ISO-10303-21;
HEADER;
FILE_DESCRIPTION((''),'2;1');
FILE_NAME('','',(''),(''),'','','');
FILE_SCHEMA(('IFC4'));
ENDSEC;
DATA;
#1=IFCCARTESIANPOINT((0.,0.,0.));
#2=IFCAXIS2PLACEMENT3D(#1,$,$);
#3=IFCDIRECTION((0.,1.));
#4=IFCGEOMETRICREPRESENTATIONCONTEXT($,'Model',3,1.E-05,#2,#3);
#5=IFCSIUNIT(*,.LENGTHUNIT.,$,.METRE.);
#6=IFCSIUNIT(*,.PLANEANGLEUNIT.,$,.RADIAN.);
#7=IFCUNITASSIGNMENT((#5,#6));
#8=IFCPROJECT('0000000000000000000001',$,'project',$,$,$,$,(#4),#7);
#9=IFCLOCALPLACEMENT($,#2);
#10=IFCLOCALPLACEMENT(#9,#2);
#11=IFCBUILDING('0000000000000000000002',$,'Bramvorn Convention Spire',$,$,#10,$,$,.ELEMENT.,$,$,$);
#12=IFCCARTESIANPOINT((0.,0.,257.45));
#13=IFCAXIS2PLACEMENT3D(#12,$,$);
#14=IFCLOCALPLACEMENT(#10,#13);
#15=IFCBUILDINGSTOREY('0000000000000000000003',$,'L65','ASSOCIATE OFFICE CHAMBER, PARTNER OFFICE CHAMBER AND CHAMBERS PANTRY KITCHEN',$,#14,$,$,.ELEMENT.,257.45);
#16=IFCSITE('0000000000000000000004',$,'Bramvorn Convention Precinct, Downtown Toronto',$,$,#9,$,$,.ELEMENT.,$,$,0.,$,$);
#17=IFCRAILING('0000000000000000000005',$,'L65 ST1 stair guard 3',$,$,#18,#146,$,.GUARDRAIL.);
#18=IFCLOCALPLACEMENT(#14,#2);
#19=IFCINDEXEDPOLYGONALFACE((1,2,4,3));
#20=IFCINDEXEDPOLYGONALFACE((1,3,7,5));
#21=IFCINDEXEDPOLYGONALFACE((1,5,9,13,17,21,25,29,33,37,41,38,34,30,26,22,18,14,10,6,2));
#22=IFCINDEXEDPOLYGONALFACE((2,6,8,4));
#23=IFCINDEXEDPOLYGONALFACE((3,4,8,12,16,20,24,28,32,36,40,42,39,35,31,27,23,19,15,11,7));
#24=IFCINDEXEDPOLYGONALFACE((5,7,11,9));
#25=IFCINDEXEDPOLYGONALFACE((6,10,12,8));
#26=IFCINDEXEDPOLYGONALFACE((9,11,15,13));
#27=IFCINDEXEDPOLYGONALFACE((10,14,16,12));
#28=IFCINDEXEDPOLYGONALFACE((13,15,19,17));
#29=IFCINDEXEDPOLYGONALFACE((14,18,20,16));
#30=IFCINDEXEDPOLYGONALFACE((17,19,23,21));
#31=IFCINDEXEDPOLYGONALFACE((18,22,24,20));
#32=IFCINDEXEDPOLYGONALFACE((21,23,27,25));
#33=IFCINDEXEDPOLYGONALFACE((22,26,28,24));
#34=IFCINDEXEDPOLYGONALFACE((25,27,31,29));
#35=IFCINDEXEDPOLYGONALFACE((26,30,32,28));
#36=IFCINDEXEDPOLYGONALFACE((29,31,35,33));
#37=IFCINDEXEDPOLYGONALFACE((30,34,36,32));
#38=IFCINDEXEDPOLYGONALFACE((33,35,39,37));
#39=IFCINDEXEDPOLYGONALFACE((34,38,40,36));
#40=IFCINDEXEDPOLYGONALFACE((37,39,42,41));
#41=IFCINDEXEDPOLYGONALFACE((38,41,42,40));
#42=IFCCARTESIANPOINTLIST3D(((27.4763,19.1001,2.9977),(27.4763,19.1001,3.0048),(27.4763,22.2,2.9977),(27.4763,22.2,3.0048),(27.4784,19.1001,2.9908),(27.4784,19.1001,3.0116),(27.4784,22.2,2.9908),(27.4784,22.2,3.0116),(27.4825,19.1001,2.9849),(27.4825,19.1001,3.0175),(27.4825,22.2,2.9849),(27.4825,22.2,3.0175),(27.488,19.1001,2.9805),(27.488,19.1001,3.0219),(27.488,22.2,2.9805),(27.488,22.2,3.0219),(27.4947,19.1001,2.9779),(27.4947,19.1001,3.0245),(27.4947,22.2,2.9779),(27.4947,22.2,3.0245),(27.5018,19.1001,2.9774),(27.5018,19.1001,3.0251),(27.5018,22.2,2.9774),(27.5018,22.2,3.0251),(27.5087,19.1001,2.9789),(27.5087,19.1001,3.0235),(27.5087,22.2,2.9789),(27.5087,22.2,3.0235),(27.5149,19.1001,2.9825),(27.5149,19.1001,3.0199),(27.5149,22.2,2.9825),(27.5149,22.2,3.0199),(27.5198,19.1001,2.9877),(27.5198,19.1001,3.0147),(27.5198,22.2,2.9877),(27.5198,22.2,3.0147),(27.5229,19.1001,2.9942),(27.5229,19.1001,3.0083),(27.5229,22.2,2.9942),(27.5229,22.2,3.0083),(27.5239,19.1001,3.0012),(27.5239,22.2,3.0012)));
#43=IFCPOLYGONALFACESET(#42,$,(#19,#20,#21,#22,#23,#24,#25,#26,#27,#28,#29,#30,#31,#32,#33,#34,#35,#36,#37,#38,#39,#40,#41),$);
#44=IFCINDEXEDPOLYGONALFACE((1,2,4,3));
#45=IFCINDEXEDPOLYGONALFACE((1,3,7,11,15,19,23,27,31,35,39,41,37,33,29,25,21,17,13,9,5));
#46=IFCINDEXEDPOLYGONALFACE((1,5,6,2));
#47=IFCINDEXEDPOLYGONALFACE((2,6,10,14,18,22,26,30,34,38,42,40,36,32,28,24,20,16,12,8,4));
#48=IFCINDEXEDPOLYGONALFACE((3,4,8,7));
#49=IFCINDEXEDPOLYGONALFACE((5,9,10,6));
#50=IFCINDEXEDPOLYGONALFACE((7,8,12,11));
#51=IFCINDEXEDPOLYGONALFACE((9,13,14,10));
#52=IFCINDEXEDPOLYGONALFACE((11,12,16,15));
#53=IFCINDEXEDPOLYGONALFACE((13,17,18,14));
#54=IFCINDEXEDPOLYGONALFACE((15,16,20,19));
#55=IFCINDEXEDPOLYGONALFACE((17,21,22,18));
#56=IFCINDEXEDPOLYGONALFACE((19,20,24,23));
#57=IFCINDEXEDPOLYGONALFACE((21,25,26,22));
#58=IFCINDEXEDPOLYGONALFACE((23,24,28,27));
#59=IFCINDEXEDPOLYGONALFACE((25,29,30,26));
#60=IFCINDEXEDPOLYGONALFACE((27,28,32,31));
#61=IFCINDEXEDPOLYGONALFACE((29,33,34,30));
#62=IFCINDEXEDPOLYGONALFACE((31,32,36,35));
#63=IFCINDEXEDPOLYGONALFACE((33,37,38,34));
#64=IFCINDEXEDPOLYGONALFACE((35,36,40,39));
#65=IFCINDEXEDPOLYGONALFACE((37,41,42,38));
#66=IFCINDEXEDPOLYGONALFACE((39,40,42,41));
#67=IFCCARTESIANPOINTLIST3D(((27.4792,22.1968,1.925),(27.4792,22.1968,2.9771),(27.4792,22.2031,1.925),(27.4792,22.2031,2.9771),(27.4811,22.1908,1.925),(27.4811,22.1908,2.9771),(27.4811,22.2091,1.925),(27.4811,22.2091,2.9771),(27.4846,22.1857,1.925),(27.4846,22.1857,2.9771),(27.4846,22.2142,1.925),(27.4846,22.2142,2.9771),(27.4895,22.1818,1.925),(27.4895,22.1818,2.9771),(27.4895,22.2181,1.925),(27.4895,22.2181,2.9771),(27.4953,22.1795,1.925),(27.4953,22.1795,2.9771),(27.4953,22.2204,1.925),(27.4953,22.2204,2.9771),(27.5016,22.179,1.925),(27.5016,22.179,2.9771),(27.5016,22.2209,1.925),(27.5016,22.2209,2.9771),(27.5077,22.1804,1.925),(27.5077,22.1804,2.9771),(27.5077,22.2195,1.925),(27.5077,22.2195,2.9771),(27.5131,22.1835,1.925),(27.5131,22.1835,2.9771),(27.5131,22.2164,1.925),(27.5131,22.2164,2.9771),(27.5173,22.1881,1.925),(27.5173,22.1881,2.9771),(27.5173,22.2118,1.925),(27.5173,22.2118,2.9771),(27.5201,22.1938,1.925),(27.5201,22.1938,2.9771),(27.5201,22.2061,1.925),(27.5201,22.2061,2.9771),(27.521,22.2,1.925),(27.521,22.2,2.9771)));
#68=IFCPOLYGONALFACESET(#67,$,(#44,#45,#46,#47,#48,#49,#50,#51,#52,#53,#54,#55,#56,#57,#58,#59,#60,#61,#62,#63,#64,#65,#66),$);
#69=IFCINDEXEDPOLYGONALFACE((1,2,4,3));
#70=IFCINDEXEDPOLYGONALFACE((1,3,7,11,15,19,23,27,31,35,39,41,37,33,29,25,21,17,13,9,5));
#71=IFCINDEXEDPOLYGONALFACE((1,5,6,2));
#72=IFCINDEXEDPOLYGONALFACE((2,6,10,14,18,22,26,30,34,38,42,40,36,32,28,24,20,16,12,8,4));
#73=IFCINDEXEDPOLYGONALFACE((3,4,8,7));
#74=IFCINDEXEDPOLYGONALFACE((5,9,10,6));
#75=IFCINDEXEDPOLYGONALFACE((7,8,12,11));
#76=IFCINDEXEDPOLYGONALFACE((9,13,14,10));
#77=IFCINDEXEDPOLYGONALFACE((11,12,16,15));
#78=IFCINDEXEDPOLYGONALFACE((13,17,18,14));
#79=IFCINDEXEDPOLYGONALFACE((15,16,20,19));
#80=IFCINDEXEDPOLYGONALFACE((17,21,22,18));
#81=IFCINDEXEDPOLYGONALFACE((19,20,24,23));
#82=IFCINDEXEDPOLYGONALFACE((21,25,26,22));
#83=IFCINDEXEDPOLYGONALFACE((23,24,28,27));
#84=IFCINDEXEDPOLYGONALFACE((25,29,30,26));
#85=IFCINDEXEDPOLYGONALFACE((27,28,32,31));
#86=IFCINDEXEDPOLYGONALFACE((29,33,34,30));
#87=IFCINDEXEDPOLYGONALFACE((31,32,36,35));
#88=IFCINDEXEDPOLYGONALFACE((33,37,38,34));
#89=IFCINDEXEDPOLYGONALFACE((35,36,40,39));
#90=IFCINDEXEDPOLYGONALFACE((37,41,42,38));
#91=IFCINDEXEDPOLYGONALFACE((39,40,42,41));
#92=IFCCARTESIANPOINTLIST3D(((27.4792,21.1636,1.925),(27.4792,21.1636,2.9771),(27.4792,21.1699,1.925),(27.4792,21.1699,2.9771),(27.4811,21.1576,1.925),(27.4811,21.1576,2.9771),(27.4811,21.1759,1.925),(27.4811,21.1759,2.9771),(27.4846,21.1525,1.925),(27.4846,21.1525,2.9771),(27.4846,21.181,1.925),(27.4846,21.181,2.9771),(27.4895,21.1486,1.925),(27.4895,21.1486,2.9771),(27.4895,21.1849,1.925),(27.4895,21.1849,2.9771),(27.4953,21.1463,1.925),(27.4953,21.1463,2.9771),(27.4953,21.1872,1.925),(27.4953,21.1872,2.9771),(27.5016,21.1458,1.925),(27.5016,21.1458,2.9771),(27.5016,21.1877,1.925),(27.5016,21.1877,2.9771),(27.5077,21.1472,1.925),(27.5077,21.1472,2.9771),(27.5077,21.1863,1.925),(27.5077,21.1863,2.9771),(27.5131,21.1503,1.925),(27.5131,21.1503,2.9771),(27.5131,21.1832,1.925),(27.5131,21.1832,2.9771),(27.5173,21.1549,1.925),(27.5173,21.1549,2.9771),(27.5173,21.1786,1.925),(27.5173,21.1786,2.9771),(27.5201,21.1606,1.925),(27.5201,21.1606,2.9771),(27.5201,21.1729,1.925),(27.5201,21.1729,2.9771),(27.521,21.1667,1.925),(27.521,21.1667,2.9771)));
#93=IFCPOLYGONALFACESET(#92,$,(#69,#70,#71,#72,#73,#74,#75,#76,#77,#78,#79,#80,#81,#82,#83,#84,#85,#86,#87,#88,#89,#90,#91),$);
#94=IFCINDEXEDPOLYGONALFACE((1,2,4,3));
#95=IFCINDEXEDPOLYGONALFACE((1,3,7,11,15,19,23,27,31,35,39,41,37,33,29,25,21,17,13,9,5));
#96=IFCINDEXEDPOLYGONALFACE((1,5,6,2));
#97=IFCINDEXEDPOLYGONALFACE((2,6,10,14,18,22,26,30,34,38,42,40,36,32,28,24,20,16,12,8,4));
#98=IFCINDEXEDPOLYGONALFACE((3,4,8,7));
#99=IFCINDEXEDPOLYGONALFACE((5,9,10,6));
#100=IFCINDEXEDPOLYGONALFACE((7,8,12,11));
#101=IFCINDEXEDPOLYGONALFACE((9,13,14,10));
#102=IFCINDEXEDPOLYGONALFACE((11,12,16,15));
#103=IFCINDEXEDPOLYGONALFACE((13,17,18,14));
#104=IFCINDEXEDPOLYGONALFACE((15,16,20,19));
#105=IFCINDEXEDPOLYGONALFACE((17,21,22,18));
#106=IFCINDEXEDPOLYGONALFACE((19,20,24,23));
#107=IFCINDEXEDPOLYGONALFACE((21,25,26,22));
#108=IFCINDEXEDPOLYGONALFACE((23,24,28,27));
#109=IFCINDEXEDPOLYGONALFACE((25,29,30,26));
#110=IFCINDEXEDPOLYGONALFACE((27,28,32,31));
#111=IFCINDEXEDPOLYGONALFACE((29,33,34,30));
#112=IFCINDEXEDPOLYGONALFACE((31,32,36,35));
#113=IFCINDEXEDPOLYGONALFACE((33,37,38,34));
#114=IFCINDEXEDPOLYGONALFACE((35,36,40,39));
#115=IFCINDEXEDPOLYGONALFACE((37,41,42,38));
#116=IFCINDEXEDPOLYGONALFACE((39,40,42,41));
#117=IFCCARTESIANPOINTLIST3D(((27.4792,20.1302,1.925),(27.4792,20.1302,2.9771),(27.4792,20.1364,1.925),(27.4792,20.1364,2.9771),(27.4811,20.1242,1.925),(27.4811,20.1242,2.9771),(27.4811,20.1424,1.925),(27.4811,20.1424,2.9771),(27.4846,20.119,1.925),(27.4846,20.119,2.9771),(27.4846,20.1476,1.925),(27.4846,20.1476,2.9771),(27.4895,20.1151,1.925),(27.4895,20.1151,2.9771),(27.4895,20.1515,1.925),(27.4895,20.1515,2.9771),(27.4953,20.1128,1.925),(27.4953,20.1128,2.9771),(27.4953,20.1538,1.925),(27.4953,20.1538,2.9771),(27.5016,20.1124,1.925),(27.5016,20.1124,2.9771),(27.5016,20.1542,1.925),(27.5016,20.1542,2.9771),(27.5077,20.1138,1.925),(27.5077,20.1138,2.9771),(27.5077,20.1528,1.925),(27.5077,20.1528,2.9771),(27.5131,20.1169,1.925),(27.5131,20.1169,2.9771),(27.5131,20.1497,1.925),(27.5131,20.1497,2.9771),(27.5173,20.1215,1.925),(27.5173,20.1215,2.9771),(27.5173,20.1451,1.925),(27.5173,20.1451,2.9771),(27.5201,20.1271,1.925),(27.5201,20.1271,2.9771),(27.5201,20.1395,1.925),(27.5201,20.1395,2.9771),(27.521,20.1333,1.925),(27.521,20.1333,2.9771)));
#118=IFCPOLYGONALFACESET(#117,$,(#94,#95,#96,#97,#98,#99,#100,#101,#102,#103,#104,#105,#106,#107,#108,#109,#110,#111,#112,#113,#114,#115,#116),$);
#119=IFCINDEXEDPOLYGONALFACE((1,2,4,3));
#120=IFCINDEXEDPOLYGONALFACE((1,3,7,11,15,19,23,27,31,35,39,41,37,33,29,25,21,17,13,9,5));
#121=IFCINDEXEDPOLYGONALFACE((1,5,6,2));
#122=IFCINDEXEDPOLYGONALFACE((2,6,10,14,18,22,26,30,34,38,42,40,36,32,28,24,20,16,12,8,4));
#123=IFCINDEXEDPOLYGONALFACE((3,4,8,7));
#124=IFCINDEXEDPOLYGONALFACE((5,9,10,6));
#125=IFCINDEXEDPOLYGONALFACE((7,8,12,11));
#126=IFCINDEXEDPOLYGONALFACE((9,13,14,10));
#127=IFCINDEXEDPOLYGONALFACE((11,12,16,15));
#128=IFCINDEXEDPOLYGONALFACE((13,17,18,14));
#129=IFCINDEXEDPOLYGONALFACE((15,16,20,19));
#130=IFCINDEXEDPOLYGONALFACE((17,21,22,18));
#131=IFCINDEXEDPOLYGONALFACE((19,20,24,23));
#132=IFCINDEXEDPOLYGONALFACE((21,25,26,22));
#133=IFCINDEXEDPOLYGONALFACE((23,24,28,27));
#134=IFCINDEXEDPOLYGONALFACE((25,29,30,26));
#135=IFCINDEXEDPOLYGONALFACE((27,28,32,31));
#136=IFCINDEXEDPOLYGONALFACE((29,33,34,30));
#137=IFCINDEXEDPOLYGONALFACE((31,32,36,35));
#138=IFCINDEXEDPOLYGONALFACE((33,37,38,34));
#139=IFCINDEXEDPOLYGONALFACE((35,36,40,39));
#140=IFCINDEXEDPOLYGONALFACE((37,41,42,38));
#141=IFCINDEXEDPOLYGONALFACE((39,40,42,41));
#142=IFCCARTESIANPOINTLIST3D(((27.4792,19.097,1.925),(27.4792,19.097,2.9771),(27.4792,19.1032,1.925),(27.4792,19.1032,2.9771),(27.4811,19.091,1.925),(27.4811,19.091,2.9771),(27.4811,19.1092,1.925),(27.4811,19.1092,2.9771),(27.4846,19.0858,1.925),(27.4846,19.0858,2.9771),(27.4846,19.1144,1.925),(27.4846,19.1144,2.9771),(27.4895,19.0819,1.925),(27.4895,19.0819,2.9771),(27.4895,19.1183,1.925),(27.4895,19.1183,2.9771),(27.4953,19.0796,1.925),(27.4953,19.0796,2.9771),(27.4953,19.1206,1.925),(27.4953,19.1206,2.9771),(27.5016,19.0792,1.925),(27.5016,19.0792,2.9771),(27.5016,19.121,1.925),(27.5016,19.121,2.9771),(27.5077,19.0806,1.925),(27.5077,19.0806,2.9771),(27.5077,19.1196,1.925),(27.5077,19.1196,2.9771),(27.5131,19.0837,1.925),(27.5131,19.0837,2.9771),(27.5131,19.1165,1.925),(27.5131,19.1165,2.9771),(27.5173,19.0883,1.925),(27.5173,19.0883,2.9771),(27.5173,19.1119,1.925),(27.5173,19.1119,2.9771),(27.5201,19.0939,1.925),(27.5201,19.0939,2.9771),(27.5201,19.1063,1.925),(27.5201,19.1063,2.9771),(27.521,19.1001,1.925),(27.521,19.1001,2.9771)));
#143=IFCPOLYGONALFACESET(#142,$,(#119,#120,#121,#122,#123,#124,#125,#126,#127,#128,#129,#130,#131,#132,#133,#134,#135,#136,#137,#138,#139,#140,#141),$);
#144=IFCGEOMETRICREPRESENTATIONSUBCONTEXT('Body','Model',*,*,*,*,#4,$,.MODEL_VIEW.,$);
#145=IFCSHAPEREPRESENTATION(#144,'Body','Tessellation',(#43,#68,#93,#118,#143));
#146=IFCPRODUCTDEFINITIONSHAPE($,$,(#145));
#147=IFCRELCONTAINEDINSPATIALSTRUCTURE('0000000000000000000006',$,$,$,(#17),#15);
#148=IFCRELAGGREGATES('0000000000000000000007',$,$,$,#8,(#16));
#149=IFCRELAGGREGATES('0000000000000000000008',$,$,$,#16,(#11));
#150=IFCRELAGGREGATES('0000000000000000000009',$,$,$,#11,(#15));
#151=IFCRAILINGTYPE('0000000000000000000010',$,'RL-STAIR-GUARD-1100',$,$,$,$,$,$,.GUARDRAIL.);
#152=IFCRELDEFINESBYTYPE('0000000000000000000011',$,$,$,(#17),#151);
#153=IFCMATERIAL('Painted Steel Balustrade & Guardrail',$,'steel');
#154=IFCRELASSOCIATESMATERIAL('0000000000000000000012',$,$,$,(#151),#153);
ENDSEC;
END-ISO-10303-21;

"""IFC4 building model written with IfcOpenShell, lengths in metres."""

from ifc_helpers import new_model, si_unit, direction, frame, origin, origin_2d, place, context, subcontext, project, spatial, circle, extrude, material, type_object, element, save


model = new_model("IFC4")

# Units and contexts
model_context = context("Model", 3, precision=1e-05, world=origin(), true_north=direction((0.0, 1.0)))
body_context = subcontext(model_context, "Body", "Model", "MODEL_VIEW")
ifc_project = project(units=[si_unit("LENGTHUNIT", "METRE"), si_unit("PLANEANGLEUNIT", "RADIAN")], contexts=[model_context])

# Site, building, storey
site_placement = place(None, origin())
site = spatial("IfcSite", under=ifc_project, at=site_placement, Name="Bramvorn Convention Precinct, Downtown Toronto", CompositionType="ELEMENT", RefElevation=0.0)
building_placement = place(site_placement, origin())
building = spatial("IfcBuilding", under=site, at=building_placement, Name="Bramvorn Convention Spire", CompositionType="ELEMENT")
storey_placement = place(building_placement, frame((0.0, 0.0, 257.45)))
storey = spatial("IfcBuildingStorey", under=building, at=storey_placement, Name="L65", Description="ASSOCIATE OFFICE CHAMBER, PARTNER OFFICE CHAMBER AND CHAMBERS PANTRY KITCHEN", CompositionType="ELEMENT", Elevation=257.45)

# Railing
ifc_material_1 = material(Name="Painted Steel Balustrade & Guardrail", Category="steel")
railing_type_1 = type_object("IfcRailingType", Name="RL-STAIR-GUARD-1100", PredefinedType="GUARDRAIL", material=ifc_material_1)
for number, where, name in (
    (1, (27.5, 22.2, 1.925), "L65 ST1 stair guard 3"),
):
    element("IfcRailing", number, at=place(storey_placement, frame(where)), inside=storey, type_object=railing_type_1, Name=name, PredefinedType="GUARDRAIL", context=body_context, shape_type="SweptSolid", body=[
        extrude(circle(Radius=0.0239, at=origin_2d()), frame((0.0, 0.0, 1.0762), z_axis=(0.0, -1.0, 0.0), x_axis=(1.0, 0.0, 0.0)), (0.0, 0.0, 1.0), 3.0999),
        extrude(circle(Radius=0.021, at=origin_2d()), origin(), (0.0, 0.0, 1.0), 1.052),
        extrude(circle(Radius=0.021, at=origin_2d()), frame((0.0, -1.0332, 0.0)), (0.0, 0.0, 1.0), 1.052),
        extrude(circle(Radius=0.021, at=origin_2d()), frame((0.0, -2.0667, 0.0)), (0.0, 0.0, 1.0), 1.052),
        extrude(circle(Radius=0.021, at=origin_2d()), frame((0.0, -3.0999, 0.0)), (0.0, 0.0, 1.0), 1.052),
    ])

save(model, "model.ifc")
